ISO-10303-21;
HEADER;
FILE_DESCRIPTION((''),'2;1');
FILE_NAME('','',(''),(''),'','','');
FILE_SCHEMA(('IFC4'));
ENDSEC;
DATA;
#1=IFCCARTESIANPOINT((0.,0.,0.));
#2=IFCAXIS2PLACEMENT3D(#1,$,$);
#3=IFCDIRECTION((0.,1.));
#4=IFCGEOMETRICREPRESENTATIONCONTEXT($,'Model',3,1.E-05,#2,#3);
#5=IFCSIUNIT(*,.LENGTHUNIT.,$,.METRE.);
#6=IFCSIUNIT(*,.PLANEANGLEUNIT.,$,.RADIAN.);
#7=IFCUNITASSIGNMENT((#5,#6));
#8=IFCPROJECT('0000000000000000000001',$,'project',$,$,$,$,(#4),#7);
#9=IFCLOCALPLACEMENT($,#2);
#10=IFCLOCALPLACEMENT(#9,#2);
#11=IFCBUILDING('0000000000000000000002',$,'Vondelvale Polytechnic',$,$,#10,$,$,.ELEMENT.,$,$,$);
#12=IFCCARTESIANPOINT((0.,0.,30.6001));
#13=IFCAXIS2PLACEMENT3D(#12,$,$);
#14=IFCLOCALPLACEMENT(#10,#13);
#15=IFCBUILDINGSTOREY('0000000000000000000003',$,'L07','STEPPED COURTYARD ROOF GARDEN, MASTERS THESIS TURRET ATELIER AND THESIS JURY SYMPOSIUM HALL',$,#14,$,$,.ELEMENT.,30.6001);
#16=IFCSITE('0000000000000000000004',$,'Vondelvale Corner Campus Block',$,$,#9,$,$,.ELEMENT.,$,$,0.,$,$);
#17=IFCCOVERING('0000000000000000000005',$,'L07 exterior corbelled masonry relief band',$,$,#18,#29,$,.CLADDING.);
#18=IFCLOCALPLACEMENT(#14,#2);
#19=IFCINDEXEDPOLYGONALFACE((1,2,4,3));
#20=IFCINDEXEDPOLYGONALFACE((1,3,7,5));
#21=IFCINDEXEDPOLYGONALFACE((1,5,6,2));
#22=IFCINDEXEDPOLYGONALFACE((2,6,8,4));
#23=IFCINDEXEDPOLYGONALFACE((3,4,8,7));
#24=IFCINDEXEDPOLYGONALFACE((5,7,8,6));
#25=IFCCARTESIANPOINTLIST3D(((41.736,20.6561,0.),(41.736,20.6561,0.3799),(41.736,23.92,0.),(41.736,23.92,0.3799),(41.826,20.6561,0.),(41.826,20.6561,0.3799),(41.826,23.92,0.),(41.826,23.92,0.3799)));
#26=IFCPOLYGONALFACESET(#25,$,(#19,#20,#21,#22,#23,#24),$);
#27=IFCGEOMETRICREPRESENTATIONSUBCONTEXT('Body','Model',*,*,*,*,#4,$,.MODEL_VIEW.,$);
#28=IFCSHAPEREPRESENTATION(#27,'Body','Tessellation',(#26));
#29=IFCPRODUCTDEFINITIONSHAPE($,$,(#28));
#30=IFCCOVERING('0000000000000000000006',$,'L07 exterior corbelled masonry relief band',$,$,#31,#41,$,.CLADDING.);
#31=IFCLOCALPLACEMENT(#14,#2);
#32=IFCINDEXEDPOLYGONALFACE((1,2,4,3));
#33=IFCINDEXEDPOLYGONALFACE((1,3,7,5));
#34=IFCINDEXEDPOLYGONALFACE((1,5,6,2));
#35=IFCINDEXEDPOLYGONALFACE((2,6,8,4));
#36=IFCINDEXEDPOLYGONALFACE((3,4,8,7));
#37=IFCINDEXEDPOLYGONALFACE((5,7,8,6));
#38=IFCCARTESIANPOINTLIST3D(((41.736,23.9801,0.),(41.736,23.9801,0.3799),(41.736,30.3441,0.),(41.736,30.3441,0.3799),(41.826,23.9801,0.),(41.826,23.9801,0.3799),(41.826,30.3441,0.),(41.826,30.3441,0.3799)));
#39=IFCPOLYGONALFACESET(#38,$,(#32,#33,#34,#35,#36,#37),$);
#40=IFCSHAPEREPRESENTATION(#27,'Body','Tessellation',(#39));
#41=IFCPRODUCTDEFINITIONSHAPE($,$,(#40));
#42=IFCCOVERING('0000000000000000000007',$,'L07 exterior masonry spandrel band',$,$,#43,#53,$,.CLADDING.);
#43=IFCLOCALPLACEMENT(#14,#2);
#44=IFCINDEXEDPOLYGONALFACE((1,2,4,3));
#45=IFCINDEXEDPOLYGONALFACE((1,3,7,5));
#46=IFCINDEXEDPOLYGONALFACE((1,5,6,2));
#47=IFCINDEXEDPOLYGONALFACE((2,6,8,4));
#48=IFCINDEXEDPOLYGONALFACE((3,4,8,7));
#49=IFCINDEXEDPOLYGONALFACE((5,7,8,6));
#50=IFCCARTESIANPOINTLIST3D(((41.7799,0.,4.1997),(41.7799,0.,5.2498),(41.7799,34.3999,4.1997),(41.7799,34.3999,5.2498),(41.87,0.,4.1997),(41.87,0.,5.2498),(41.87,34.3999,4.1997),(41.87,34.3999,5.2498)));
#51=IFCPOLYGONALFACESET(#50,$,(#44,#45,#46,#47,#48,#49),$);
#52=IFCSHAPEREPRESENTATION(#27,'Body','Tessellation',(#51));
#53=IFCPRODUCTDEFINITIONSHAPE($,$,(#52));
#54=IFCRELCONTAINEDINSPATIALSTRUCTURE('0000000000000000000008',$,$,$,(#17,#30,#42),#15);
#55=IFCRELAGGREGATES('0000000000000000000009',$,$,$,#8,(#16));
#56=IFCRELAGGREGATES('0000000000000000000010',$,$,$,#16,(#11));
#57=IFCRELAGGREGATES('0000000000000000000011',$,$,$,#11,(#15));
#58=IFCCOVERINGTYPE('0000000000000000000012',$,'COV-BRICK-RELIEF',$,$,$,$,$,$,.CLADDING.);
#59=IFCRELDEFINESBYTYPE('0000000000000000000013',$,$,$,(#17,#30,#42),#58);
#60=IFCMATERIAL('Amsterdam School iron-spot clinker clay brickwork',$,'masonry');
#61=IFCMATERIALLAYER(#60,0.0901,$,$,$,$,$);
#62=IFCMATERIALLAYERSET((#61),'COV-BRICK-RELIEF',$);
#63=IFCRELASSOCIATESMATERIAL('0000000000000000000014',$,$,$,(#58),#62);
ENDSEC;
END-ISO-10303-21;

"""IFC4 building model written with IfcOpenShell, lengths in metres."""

from ifc_helpers import new_model, si_unit, direction, frame, origin, origin_2d, place, context, subcontext, project, spatial, rectangle, extrude, material, layer, layer_set, type_object, element, save


model = new_model("IFC4")

# Units and contexts
model_context = context("Model", 3, precision=1e-05, world=origin(), true_north=direction((0.0, 1.0)))
body_context = subcontext(model_context, "Body", "Model", "MODEL_VIEW")
ifc_project = project(units=[si_unit("LENGTHUNIT", "METRE"), si_unit("PLANEANGLEUNIT", "RADIAN")], contexts=[model_context])

# Site, building, storey
site_placement = place(None, origin())
site = spatial("IfcSite", under=ifc_project, at=site_placement, Name="Vondelvale Corner Campus Block", CompositionType="ELEMENT", RefElevation=0.0)
building_placement = place(site_placement, origin())
building = spatial("IfcBuilding", under=site, at=building_placement, Name="Vondelvale Polytechnic", CompositionType="ELEMENT")
storey_placement = place(building_placement, frame((0.0, 0.0, 30.6001)))
storey = spatial("IfcBuildingStorey", under=building, at=storey_placement, Name="L07", Description="STEPPED COURTYARD ROOF GARDEN, MASTERS THESIS TURRET ATELIER AND THESIS JURY SYMPOSIUM HALL", CompositionType="ELEMENT", Elevation=30.6001)

# Shared definitions
ifc_material_1 = material(Name="Amsterdam School iron-spot clinker clay brickwork", Category="masonry")

# Coverings
ifc_layer_1 = layer(ifc_material_1, 0.0901)
ifc_layer_set_1 = layer_set([ifc_layer_1], Name="COV-BRICK-RELIEF")
covering_type = type_object("IfcCoveringType", Name="COV-BRICK-RELIEF", PredefinedType="CLADDING", material=ifc_layer_set_1)
covering_1_placement = place(storey_placement, frame((41.781, 22.2881, 0.0), z_axis=(0.0, 0.0, 1.0), x_axis=(0.0, -1.0, 0.0)))
element("IfcCovering", 1, at=covering_1_placement, inside=storey, type_object=covering_type, Name="L07 exterior corbelled masonry relief band", PredefinedType="CLADDING", context=body_context, shape_type="SweptSolid", body=[
    extrude(rectangle(XDim=3.2639, YDim=0.0901, at=origin_2d()), origin(), (0.0, 0.0, 1.0), 0.3799),
])
covering_2_placement = place(storey_placement, frame((41.781, 27.1621, 0.0), z_axis=(0.0, 0.0, 1.0), x_axis=(0.0, -1.0, 0.0)))
element("IfcCovering", 2, at=covering_2_placement, inside=storey, type_object=covering_type, Name="L07 exterior corbelled masonry relief band", PredefinedType="CLADDING", context=body_context, shape_type="SweptSolid", body=[
    extrude(rectangle(XDim=6.364, YDim=0.0901, at=origin_2d()), origin(), (0.0, 0.0, 1.0), 0.3799),
])
covering_3_placement = place(storey_placement, frame((41.825, 17.2, 4.1997), z_axis=(0.0, 0.0, 1.0), x_axis=(0.0, 1.0, 0.0)))
element("IfcCovering", 3, at=covering_3_placement, inside=storey, type_object=covering_type, Name="L07 exterior masonry spandrel band", PredefinedType="CLADDING", context=body_context, shape_type="SweptSolid", body=[
    extrude(rectangle(XDim=34.3999, YDim=0.0901, at=origin_2d()), origin(), (0.0, 0.0, 1.0), 1.05),
])

save(model, "model.ifc")
